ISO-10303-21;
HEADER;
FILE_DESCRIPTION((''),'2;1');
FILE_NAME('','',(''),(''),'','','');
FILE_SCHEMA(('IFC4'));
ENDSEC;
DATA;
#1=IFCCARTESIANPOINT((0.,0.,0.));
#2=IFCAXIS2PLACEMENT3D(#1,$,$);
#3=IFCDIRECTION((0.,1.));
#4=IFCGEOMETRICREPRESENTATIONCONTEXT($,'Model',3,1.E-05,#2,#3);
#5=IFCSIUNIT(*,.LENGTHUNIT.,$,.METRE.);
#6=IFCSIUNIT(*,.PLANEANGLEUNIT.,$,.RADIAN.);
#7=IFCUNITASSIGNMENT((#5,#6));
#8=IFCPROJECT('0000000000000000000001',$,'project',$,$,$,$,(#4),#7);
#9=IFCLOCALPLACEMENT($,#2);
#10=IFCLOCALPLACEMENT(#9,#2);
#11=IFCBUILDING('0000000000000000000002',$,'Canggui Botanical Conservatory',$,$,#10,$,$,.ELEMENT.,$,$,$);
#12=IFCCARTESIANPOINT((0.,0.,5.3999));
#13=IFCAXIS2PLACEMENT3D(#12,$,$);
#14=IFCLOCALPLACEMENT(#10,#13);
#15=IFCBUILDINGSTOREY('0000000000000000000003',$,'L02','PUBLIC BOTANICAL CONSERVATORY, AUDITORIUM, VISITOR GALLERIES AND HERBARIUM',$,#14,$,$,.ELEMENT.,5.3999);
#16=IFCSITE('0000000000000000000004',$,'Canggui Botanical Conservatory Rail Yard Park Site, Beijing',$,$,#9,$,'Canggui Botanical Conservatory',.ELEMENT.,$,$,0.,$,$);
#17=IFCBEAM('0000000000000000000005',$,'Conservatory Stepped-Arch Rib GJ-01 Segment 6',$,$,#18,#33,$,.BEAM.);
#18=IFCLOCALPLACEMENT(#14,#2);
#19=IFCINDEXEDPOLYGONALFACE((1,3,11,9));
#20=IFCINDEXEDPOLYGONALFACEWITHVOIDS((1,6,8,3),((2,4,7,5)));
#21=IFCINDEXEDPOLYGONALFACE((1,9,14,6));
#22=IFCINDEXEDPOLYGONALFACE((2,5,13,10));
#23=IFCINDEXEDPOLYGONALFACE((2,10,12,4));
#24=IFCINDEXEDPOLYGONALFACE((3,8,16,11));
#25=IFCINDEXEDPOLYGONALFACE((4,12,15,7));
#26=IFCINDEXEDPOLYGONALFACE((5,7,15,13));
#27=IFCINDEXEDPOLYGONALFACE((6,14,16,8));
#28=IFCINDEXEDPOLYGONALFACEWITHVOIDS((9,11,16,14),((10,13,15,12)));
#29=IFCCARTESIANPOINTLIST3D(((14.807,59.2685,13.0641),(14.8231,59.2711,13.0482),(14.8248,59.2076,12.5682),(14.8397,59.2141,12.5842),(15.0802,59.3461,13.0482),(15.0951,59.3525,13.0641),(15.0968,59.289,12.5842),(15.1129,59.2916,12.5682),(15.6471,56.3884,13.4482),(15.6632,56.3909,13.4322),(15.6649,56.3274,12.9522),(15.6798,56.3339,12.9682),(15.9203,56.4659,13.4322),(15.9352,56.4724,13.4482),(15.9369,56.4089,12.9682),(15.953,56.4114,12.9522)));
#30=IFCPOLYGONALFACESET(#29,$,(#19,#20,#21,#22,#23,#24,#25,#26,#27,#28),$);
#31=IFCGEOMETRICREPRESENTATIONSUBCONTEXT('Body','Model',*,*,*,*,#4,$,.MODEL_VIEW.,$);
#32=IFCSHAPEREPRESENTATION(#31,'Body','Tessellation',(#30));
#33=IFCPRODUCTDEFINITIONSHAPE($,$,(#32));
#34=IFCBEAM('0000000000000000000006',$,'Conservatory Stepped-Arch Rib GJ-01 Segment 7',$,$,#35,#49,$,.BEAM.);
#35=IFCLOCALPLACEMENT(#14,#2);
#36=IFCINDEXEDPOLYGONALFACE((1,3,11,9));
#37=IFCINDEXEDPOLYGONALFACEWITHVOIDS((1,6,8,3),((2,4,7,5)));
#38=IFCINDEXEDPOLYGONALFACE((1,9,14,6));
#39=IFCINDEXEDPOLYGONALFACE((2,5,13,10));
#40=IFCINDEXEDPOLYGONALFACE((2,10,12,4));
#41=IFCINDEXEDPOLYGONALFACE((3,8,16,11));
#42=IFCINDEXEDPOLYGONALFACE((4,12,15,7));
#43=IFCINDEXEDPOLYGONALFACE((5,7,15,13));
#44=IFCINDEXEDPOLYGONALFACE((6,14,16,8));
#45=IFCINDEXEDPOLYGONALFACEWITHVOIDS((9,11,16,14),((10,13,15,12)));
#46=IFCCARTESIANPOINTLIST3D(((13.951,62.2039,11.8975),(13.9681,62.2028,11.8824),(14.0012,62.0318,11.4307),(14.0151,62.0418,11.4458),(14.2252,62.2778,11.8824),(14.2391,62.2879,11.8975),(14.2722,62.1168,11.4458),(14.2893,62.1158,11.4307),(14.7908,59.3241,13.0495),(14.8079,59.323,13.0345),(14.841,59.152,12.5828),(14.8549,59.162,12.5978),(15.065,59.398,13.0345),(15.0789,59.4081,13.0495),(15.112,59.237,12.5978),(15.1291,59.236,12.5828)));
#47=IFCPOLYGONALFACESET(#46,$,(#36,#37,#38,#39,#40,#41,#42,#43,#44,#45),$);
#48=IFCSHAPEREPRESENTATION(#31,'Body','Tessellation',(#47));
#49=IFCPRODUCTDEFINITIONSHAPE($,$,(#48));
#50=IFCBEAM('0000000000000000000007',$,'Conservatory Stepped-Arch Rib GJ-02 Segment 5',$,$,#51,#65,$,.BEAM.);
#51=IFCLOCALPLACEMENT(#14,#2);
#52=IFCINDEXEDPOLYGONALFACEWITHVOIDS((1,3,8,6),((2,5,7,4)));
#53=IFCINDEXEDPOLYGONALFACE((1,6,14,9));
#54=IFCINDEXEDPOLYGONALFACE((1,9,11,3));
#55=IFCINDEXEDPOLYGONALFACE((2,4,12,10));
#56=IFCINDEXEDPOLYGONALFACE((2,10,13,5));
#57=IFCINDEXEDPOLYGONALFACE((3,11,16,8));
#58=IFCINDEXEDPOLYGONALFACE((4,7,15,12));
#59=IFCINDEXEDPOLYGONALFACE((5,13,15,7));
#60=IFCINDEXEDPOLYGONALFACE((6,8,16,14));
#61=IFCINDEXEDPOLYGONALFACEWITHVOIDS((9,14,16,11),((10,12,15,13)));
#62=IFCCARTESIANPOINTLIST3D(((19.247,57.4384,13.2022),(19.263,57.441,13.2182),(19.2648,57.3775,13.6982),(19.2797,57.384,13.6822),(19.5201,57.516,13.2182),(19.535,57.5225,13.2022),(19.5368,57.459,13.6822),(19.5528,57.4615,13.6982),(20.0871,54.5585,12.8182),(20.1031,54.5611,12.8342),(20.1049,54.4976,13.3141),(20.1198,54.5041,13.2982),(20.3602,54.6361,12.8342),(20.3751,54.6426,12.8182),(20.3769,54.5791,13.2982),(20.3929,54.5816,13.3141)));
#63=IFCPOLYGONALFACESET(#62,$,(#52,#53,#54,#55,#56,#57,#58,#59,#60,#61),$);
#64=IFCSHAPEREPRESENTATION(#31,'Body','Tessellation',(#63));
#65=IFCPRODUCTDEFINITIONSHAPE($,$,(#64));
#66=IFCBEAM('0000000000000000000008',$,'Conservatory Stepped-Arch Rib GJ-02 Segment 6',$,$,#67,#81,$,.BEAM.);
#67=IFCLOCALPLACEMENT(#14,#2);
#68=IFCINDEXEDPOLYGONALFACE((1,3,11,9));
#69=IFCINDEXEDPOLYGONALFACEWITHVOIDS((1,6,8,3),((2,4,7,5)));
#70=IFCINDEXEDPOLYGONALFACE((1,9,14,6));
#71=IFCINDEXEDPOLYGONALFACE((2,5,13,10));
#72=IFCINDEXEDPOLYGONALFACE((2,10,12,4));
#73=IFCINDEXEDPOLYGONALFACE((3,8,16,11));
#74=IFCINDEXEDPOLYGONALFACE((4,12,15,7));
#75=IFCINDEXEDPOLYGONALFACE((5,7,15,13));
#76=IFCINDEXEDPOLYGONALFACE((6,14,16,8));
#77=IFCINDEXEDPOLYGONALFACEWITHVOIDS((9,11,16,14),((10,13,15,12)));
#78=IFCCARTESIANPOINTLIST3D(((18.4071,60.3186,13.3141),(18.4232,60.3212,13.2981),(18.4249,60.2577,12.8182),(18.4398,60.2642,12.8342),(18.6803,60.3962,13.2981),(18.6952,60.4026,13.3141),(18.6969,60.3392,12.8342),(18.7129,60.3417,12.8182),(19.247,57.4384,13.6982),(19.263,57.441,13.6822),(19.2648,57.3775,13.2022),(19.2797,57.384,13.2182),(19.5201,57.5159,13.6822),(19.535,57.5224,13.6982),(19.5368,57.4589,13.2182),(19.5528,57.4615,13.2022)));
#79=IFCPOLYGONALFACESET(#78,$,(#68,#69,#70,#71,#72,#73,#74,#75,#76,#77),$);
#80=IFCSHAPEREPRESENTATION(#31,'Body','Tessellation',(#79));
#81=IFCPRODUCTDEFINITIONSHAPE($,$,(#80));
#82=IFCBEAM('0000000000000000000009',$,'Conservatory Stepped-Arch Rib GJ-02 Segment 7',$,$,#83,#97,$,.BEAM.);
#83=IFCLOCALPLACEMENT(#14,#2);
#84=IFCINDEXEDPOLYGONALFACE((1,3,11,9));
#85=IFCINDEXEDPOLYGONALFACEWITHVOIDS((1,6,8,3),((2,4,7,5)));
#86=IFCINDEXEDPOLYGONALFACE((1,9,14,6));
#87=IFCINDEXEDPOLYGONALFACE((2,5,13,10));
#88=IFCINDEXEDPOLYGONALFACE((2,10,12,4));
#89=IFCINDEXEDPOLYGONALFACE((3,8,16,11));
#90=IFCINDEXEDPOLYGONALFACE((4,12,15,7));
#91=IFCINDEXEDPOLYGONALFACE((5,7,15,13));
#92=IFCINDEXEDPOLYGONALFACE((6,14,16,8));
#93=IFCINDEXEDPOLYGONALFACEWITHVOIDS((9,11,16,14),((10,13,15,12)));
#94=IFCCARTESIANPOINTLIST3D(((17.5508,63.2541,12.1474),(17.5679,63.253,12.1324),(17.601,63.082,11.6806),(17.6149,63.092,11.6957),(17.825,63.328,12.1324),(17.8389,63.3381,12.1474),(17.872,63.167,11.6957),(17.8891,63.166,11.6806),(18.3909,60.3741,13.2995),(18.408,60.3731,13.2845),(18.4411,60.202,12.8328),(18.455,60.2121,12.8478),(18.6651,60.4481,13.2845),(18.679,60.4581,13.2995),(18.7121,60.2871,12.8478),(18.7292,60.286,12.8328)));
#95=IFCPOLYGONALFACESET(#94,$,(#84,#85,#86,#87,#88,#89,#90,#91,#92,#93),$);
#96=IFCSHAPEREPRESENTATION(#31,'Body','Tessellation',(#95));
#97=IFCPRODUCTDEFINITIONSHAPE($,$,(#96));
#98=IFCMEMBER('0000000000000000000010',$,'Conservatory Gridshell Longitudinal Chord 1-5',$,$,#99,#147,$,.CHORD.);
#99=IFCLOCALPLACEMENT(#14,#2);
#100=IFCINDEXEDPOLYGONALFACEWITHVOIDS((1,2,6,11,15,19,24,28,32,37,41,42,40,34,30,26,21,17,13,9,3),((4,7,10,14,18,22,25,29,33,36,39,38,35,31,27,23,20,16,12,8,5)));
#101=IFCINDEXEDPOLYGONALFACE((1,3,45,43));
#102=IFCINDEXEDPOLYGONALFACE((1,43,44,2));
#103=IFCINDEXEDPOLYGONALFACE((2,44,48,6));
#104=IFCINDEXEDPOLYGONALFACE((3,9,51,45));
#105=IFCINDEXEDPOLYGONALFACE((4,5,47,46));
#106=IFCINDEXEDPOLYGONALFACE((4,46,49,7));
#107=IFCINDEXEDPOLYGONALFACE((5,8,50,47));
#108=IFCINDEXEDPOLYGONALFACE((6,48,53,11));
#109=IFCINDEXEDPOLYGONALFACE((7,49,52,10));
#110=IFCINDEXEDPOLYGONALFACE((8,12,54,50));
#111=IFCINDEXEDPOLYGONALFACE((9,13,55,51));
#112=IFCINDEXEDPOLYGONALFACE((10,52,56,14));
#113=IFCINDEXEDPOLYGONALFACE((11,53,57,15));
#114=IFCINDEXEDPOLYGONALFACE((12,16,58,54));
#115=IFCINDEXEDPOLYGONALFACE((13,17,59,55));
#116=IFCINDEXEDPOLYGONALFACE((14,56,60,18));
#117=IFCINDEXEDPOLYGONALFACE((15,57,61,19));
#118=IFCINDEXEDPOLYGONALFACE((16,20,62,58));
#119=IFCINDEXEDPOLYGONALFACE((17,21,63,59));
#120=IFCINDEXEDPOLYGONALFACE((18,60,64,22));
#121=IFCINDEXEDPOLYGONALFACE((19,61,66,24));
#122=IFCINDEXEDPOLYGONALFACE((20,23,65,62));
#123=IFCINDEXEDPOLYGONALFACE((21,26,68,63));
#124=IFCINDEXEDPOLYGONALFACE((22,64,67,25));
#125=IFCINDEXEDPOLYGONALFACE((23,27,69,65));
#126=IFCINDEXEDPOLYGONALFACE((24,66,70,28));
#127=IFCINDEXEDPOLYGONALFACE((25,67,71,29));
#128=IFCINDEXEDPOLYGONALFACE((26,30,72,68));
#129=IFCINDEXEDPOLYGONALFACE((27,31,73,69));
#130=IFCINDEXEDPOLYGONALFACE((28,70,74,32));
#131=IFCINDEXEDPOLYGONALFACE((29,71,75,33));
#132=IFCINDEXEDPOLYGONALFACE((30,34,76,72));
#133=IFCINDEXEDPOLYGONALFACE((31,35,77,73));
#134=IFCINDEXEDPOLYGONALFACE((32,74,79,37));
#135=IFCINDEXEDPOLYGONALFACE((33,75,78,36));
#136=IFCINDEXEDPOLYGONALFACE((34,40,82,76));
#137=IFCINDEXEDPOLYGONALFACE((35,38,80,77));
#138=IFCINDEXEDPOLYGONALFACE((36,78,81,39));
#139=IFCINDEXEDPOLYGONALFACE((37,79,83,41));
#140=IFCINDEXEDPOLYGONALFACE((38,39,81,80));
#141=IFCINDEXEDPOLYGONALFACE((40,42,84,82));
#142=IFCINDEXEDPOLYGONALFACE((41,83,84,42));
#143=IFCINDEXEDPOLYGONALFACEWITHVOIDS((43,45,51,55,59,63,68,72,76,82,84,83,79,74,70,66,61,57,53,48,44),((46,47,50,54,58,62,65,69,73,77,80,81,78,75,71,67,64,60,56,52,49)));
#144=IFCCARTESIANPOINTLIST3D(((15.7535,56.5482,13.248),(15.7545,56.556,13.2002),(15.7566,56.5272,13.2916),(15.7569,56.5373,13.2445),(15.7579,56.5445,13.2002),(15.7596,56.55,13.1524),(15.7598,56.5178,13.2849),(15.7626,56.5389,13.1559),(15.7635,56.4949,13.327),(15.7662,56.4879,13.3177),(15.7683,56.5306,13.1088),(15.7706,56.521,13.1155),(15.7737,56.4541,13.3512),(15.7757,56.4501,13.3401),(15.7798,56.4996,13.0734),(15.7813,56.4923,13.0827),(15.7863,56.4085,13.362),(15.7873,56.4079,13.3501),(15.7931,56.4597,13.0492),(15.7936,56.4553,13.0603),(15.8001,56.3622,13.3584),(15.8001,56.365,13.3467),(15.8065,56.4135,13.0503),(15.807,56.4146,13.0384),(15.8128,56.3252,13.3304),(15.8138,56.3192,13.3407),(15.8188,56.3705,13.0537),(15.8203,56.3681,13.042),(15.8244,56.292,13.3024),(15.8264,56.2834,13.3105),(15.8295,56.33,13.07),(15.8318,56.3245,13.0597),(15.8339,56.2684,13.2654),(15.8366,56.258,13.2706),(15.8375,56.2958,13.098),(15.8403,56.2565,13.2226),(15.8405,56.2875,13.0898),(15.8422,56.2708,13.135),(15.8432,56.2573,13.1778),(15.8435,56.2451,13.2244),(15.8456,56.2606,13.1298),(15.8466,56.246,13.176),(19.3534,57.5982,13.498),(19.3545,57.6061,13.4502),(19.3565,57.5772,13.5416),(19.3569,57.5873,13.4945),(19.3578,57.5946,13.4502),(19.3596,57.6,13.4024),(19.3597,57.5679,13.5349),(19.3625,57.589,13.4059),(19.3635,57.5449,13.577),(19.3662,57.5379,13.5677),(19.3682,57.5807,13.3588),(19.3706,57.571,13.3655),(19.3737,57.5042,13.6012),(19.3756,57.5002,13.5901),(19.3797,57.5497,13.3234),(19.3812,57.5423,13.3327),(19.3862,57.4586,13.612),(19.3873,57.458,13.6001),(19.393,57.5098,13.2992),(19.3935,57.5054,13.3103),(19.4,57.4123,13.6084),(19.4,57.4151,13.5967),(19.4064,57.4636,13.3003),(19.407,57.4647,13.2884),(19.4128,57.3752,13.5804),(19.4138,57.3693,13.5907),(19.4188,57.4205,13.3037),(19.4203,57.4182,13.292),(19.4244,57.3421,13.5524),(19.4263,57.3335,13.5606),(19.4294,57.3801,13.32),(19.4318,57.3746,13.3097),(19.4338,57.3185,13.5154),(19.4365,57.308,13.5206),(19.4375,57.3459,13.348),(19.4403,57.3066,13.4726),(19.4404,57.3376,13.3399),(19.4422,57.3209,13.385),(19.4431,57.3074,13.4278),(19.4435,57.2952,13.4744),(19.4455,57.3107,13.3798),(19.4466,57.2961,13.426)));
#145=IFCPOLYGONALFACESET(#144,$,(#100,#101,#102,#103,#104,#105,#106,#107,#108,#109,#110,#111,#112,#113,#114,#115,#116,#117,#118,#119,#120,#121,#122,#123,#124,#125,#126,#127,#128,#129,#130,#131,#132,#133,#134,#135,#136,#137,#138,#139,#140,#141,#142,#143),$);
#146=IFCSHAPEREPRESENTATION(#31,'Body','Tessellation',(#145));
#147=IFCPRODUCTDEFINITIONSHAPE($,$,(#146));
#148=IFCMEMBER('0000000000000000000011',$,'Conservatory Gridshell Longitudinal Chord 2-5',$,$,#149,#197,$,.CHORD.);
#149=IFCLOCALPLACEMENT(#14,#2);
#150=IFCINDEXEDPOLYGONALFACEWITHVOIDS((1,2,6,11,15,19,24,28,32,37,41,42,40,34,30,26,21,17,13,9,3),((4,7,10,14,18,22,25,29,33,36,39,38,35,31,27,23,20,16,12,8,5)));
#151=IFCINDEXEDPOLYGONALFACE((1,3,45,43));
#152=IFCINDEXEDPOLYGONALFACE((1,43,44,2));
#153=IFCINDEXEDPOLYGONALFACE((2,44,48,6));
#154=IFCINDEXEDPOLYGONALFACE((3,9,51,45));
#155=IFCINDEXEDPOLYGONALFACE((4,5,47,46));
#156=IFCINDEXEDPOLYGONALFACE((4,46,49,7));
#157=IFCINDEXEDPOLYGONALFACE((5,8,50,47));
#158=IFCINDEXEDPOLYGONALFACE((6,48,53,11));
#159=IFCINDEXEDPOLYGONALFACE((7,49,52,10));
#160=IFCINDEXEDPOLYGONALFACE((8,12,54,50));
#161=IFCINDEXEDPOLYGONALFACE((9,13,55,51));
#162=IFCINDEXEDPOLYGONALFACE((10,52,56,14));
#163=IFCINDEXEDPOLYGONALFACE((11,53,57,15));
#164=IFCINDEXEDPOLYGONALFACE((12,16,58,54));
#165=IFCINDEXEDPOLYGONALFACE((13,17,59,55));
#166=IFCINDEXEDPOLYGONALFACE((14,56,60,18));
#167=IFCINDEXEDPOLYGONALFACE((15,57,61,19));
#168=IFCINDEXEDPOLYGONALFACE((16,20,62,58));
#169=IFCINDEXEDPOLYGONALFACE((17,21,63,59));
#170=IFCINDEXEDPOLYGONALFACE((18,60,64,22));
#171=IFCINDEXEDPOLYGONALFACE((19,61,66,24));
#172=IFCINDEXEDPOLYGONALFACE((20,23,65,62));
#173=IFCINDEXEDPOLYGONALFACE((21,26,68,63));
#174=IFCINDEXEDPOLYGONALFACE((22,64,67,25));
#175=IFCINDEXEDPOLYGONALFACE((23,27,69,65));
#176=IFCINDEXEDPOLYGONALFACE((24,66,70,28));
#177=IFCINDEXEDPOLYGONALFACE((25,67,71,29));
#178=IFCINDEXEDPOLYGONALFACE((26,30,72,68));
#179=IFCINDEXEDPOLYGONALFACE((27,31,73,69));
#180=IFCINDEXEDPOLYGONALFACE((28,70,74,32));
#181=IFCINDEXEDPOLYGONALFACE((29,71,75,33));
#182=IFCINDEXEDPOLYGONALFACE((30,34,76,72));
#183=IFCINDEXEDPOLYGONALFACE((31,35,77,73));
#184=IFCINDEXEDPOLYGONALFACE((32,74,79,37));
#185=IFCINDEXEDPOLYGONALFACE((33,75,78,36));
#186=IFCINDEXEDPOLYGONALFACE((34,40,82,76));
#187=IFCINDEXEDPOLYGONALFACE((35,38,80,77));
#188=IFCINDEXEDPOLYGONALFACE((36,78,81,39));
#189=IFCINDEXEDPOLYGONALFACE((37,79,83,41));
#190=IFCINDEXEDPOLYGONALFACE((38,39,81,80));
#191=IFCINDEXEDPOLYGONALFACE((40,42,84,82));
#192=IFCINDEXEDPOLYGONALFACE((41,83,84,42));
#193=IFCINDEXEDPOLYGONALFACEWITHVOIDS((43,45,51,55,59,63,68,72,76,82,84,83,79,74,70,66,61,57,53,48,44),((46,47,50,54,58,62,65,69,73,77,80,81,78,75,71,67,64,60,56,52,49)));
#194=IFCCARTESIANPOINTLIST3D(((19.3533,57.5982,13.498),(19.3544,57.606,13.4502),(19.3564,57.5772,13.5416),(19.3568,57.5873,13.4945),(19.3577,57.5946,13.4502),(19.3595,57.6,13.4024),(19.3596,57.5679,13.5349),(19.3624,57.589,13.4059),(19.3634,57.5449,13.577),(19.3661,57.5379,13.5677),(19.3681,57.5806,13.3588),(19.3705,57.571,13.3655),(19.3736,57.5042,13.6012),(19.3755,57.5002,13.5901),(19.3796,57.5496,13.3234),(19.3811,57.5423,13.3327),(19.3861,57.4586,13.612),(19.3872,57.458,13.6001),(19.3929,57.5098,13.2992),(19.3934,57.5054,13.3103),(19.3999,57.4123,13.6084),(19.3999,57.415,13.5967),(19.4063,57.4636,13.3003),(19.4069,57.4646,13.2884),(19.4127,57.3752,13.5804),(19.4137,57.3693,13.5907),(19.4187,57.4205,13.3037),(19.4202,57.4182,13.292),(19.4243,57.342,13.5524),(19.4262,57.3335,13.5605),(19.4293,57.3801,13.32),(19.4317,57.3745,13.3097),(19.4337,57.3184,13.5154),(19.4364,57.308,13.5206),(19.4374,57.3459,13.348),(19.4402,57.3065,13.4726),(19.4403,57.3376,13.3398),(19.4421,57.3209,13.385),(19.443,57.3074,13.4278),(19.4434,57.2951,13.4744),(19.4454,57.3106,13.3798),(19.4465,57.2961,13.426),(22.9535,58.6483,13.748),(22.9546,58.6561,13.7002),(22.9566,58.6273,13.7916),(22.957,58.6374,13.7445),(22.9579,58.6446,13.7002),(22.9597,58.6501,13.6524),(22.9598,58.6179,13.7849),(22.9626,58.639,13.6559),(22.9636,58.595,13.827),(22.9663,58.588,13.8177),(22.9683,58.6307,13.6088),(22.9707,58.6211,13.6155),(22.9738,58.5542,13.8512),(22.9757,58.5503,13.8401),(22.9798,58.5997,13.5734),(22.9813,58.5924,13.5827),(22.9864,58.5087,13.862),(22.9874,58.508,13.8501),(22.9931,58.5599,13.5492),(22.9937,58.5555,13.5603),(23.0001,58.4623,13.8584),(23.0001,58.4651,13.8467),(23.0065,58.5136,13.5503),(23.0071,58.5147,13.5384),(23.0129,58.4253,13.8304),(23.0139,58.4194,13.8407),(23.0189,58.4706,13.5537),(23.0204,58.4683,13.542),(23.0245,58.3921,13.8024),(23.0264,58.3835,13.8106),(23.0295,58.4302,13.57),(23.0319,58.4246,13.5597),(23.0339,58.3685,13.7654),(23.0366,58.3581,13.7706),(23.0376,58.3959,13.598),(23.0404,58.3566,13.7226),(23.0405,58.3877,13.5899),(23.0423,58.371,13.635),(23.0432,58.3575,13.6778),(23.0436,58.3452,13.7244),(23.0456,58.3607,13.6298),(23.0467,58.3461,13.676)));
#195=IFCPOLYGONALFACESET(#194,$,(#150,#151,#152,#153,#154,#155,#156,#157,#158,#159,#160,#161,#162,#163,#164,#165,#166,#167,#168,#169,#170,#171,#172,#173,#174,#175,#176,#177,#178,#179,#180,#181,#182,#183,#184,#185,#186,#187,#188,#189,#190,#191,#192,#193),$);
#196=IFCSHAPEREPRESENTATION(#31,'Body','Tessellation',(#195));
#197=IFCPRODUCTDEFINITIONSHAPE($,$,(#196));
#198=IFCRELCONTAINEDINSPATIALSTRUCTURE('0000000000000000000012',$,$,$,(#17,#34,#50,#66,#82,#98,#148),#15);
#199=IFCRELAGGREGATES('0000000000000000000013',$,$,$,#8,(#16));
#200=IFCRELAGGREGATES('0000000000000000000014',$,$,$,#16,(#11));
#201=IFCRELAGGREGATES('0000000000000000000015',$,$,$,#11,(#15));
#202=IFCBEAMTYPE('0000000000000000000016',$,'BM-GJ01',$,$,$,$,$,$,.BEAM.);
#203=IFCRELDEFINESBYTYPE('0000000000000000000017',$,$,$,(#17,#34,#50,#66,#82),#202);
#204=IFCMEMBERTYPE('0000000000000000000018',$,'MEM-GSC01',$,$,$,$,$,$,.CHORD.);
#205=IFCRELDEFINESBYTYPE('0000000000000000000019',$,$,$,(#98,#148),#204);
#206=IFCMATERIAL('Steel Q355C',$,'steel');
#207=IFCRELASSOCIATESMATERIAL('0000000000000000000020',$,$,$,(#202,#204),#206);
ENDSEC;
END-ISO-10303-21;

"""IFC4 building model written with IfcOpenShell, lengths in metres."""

from ifc_helpers import new_model, si_unit, direction, frame, origin, origin_2d, place, context, subcontext, project, spatial, hollow_rectangle, hollow_circle, extrude, material, material_profile, profile_set, type_object, element, save


model = new_model("IFC4")

# Units and contexts
model_context = context("Model", 3, precision=1e-05, world=origin(), true_north=direction((0.0, 1.0)))
body_context = subcontext(model_context, "Body", "Model", "MODEL_VIEW")
ifc_project = project(units=[si_unit("LENGTHUNIT", "METRE"), si_unit("PLANEANGLEUNIT", "RADIAN")], contexts=[model_context])

# Site, building, storey
site_placement = place(None, origin())
site = spatial("IfcSite", under=ifc_project, at=site_placement, Name="Canggui Botanical Conservatory Rail Yard Park Site, Beijing", LongName="Canggui Botanical Conservatory", CompositionType="ELEMENT", RefElevation=0.0)
building_placement = place(site_placement, origin())
building = spatial("IfcBuilding", under=site, at=building_placement, Name="Canggui Botanical Conservatory", CompositionType="ELEMENT")
storey_placement = place(building_placement, frame((0.0, 0.0, 5.3999)))
storey = spatial("IfcBuildingStorey", under=building, at=storey_placement, Name="L02", Description="PUBLIC BOTANICAL CONSERVATORY, AUDITORIUM, VISITOR GALLERIES AND HERBARIUM", CompositionType="ELEMENT", Elevation=5.3999)

# Beams
ifc_material_1 = material(Name="Steel Q355C", Category="steel")
ifc_material_profile_1 = material_profile(ifc_material_1, hollow_rectangle(XDim=0.3, YDim=0.5, WallThickness=0.0161, at=origin_2d()), Name="RHS 300x500x16")
ifc_profile_set_1 = profile_set([ifc_material_profile_1], Name="Steel Q355C")
beam_type = type_object("IfcBeamType", Name="BM-GJ01", PredefinedType="BEAM", material=ifc_profile_set_1)
beam_1_placement = place(storey_placement, frame((15.8, 56.3999, 13.2002), z_axis=(-0.277749, 0.952226, -0.126969), x_axis=(-0.959995, -0.280016, 0.0)))
element("IfcBeam", 1, at=beam_1_placement, inside=storey, type_object=beam_type, Name="Conservatory Stepped-Arch Rib GJ-01 Segment 6", PredefinedType="BEAM", context=body_context, shape_type="SweptSolid", body=[
    extrude(hollow_rectangle(XDim=0.3, YDim=0.5, WallThickness=0.0161, at=origin_2d()), origin(), (0.0, 0.0, 1.0), 3.0247),
])
beam_2_placement = place(storey_placement, frame((14.96, 59.28, 12.8162), z_axis=(-0.261351, 0.896191, -0.358522), x_axis=(-0.960011, -0.279962, 0.0)))
element("IfcBeam", 2, at=beam_2_placement, inside=storey, type_object=beam_type, Name="Conservatory Stepped-Arch Rib GJ-01 Segment 7", PredefinedType="BEAM", context=body_context, shape_type="SweptSolid", body=[
    extrude(hollow_rectangle(XDim=0.3, YDim=0.5, WallThickness=0.0161, at=origin_2d()), origin(), (0.0, 0.0, 1.0), 3.2134),
])
beam_3_placement = place(storey_placement, frame((20.24, 54.5701, 13.0662), z_axis=(-0.277771, 0.952218, 0.126979), x_axis=(-0.959989, -0.280038, 0.0)))
element("IfcBeam", 3, at=beam_3_placement, inside=storey, type_object=beam_type, Name="Conservatory Stepped-Arch Rib GJ-02 Segment 5", PredefinedType="BEAM", context=body_context, shape_type="SweptSolid", body=[
    extrude(hollow_rectangle(XDim=0.3, YDim=0.5, WallThickness=0.0161, at=origin_2d()), origin(), (0.0, 0.0, 1.0), 3.0244),
])
beam_4_placement = place(storey_placement, frame((19.3999, 57.45, 13.4502), z_axis=(-0.277675, 0.952247, -0.126972), x_axis=(-0.960017, -0.279941, 0.0)))
element("IfcBeam", 4, at=beam_4_placement, inside=storey, type_object=beam_type, Name="Conservatory Stepped-Arch Rib GJ-02 Segment 6", PredefinedType="BEAM", context=body_context, shape_type="SweptSolid", body=[
    extrude(hollow_rectangle(XDim=0.3, YDim=0.5, WallThickness=0.0161, at=origin_2d()), origin(), (0.0, 0.0, 1.0), 3.0247),
])
beam_5_placement = place(storey_placement, frame((18.5601, 60.3301, 13.0662), z_axis=(-0.261422, 0.896173, -0.358515), x_axis=(-0.959989, -0.280038, 0.0)))
element("IfcBeam", 5, at=beam_5_placement, inside=storey, type_object=beam_type, Name="Conservatory Stepped-Arch Rib GJ-02 Segment 7", PredefinedType="BEAM", context=body_context, shape_type="SweptSolid", body=[
    extrude(hollow_rectangle(XDim=0.3, YDim=0.5, WallThickness=0.0161, at=origin_2d()), origin(), (0.0, 0.0, 1.0), 3.2136),
])

# Members
ifc_material_profile_2 = material_profile(ifc_material_1, hollow_circle(Radius=0.1626, WallThickness=0.012, at=origin_2d()), Name="CHS 325x12")
ifc_profile_set_2 = profile_set([ifc_material_profile_2], Name="Steel Q355C")
member_type_1 = type_object("IfcMemberType", Name="MEM-GSC01", PredefinedType="CHORD", material=ifc_profile_set_2)
member_1_placement = place(storey_placement, frame((15.8, 56.3999, 13.2002), z_axis=(0.957867, 0.279402, 0.066521), x_axis=(-0.280023, 0.959993, 0.0)))
element("IfcMember", 6, at=member_1_placement, inside=storey, type_object=member_type_1, Name="Conservatory Gridshell Longitudinal Chord 1-5", PredefinedType="CHORD", context=body_context, shape_type="SweptSolid", body=[
    extrude(hollow_circle(Radius=0.1626, WallThickness=0.012, at=origin_2d()), origin(), (0.0, 0.0, 1.0), 3.7583),
])
member_2_placement = place(storey_placement, frame((19.3999, 57.45, 13.4502), z_axis=(0.957872, 0.279385, 0.066517), x_axis=(-0.280005, 0.959999, 0.0)))
element("IfcMember", 7, at=member_2_placement, inside=storey, type_object=member_type_1, Name="Conservatory Gridshell Longitudinal Chord 2-5", PredefinedType="CHORD", context=body_context, shape_type="SweptSolid", body=[
    extrude(hollow_circle(Radius=0.1626, WallThickness=0.012, at=origin_2d()), origin(), (0.0, 0.0, 1.0), 3.7585),
])

save(model, "model.ifc")
